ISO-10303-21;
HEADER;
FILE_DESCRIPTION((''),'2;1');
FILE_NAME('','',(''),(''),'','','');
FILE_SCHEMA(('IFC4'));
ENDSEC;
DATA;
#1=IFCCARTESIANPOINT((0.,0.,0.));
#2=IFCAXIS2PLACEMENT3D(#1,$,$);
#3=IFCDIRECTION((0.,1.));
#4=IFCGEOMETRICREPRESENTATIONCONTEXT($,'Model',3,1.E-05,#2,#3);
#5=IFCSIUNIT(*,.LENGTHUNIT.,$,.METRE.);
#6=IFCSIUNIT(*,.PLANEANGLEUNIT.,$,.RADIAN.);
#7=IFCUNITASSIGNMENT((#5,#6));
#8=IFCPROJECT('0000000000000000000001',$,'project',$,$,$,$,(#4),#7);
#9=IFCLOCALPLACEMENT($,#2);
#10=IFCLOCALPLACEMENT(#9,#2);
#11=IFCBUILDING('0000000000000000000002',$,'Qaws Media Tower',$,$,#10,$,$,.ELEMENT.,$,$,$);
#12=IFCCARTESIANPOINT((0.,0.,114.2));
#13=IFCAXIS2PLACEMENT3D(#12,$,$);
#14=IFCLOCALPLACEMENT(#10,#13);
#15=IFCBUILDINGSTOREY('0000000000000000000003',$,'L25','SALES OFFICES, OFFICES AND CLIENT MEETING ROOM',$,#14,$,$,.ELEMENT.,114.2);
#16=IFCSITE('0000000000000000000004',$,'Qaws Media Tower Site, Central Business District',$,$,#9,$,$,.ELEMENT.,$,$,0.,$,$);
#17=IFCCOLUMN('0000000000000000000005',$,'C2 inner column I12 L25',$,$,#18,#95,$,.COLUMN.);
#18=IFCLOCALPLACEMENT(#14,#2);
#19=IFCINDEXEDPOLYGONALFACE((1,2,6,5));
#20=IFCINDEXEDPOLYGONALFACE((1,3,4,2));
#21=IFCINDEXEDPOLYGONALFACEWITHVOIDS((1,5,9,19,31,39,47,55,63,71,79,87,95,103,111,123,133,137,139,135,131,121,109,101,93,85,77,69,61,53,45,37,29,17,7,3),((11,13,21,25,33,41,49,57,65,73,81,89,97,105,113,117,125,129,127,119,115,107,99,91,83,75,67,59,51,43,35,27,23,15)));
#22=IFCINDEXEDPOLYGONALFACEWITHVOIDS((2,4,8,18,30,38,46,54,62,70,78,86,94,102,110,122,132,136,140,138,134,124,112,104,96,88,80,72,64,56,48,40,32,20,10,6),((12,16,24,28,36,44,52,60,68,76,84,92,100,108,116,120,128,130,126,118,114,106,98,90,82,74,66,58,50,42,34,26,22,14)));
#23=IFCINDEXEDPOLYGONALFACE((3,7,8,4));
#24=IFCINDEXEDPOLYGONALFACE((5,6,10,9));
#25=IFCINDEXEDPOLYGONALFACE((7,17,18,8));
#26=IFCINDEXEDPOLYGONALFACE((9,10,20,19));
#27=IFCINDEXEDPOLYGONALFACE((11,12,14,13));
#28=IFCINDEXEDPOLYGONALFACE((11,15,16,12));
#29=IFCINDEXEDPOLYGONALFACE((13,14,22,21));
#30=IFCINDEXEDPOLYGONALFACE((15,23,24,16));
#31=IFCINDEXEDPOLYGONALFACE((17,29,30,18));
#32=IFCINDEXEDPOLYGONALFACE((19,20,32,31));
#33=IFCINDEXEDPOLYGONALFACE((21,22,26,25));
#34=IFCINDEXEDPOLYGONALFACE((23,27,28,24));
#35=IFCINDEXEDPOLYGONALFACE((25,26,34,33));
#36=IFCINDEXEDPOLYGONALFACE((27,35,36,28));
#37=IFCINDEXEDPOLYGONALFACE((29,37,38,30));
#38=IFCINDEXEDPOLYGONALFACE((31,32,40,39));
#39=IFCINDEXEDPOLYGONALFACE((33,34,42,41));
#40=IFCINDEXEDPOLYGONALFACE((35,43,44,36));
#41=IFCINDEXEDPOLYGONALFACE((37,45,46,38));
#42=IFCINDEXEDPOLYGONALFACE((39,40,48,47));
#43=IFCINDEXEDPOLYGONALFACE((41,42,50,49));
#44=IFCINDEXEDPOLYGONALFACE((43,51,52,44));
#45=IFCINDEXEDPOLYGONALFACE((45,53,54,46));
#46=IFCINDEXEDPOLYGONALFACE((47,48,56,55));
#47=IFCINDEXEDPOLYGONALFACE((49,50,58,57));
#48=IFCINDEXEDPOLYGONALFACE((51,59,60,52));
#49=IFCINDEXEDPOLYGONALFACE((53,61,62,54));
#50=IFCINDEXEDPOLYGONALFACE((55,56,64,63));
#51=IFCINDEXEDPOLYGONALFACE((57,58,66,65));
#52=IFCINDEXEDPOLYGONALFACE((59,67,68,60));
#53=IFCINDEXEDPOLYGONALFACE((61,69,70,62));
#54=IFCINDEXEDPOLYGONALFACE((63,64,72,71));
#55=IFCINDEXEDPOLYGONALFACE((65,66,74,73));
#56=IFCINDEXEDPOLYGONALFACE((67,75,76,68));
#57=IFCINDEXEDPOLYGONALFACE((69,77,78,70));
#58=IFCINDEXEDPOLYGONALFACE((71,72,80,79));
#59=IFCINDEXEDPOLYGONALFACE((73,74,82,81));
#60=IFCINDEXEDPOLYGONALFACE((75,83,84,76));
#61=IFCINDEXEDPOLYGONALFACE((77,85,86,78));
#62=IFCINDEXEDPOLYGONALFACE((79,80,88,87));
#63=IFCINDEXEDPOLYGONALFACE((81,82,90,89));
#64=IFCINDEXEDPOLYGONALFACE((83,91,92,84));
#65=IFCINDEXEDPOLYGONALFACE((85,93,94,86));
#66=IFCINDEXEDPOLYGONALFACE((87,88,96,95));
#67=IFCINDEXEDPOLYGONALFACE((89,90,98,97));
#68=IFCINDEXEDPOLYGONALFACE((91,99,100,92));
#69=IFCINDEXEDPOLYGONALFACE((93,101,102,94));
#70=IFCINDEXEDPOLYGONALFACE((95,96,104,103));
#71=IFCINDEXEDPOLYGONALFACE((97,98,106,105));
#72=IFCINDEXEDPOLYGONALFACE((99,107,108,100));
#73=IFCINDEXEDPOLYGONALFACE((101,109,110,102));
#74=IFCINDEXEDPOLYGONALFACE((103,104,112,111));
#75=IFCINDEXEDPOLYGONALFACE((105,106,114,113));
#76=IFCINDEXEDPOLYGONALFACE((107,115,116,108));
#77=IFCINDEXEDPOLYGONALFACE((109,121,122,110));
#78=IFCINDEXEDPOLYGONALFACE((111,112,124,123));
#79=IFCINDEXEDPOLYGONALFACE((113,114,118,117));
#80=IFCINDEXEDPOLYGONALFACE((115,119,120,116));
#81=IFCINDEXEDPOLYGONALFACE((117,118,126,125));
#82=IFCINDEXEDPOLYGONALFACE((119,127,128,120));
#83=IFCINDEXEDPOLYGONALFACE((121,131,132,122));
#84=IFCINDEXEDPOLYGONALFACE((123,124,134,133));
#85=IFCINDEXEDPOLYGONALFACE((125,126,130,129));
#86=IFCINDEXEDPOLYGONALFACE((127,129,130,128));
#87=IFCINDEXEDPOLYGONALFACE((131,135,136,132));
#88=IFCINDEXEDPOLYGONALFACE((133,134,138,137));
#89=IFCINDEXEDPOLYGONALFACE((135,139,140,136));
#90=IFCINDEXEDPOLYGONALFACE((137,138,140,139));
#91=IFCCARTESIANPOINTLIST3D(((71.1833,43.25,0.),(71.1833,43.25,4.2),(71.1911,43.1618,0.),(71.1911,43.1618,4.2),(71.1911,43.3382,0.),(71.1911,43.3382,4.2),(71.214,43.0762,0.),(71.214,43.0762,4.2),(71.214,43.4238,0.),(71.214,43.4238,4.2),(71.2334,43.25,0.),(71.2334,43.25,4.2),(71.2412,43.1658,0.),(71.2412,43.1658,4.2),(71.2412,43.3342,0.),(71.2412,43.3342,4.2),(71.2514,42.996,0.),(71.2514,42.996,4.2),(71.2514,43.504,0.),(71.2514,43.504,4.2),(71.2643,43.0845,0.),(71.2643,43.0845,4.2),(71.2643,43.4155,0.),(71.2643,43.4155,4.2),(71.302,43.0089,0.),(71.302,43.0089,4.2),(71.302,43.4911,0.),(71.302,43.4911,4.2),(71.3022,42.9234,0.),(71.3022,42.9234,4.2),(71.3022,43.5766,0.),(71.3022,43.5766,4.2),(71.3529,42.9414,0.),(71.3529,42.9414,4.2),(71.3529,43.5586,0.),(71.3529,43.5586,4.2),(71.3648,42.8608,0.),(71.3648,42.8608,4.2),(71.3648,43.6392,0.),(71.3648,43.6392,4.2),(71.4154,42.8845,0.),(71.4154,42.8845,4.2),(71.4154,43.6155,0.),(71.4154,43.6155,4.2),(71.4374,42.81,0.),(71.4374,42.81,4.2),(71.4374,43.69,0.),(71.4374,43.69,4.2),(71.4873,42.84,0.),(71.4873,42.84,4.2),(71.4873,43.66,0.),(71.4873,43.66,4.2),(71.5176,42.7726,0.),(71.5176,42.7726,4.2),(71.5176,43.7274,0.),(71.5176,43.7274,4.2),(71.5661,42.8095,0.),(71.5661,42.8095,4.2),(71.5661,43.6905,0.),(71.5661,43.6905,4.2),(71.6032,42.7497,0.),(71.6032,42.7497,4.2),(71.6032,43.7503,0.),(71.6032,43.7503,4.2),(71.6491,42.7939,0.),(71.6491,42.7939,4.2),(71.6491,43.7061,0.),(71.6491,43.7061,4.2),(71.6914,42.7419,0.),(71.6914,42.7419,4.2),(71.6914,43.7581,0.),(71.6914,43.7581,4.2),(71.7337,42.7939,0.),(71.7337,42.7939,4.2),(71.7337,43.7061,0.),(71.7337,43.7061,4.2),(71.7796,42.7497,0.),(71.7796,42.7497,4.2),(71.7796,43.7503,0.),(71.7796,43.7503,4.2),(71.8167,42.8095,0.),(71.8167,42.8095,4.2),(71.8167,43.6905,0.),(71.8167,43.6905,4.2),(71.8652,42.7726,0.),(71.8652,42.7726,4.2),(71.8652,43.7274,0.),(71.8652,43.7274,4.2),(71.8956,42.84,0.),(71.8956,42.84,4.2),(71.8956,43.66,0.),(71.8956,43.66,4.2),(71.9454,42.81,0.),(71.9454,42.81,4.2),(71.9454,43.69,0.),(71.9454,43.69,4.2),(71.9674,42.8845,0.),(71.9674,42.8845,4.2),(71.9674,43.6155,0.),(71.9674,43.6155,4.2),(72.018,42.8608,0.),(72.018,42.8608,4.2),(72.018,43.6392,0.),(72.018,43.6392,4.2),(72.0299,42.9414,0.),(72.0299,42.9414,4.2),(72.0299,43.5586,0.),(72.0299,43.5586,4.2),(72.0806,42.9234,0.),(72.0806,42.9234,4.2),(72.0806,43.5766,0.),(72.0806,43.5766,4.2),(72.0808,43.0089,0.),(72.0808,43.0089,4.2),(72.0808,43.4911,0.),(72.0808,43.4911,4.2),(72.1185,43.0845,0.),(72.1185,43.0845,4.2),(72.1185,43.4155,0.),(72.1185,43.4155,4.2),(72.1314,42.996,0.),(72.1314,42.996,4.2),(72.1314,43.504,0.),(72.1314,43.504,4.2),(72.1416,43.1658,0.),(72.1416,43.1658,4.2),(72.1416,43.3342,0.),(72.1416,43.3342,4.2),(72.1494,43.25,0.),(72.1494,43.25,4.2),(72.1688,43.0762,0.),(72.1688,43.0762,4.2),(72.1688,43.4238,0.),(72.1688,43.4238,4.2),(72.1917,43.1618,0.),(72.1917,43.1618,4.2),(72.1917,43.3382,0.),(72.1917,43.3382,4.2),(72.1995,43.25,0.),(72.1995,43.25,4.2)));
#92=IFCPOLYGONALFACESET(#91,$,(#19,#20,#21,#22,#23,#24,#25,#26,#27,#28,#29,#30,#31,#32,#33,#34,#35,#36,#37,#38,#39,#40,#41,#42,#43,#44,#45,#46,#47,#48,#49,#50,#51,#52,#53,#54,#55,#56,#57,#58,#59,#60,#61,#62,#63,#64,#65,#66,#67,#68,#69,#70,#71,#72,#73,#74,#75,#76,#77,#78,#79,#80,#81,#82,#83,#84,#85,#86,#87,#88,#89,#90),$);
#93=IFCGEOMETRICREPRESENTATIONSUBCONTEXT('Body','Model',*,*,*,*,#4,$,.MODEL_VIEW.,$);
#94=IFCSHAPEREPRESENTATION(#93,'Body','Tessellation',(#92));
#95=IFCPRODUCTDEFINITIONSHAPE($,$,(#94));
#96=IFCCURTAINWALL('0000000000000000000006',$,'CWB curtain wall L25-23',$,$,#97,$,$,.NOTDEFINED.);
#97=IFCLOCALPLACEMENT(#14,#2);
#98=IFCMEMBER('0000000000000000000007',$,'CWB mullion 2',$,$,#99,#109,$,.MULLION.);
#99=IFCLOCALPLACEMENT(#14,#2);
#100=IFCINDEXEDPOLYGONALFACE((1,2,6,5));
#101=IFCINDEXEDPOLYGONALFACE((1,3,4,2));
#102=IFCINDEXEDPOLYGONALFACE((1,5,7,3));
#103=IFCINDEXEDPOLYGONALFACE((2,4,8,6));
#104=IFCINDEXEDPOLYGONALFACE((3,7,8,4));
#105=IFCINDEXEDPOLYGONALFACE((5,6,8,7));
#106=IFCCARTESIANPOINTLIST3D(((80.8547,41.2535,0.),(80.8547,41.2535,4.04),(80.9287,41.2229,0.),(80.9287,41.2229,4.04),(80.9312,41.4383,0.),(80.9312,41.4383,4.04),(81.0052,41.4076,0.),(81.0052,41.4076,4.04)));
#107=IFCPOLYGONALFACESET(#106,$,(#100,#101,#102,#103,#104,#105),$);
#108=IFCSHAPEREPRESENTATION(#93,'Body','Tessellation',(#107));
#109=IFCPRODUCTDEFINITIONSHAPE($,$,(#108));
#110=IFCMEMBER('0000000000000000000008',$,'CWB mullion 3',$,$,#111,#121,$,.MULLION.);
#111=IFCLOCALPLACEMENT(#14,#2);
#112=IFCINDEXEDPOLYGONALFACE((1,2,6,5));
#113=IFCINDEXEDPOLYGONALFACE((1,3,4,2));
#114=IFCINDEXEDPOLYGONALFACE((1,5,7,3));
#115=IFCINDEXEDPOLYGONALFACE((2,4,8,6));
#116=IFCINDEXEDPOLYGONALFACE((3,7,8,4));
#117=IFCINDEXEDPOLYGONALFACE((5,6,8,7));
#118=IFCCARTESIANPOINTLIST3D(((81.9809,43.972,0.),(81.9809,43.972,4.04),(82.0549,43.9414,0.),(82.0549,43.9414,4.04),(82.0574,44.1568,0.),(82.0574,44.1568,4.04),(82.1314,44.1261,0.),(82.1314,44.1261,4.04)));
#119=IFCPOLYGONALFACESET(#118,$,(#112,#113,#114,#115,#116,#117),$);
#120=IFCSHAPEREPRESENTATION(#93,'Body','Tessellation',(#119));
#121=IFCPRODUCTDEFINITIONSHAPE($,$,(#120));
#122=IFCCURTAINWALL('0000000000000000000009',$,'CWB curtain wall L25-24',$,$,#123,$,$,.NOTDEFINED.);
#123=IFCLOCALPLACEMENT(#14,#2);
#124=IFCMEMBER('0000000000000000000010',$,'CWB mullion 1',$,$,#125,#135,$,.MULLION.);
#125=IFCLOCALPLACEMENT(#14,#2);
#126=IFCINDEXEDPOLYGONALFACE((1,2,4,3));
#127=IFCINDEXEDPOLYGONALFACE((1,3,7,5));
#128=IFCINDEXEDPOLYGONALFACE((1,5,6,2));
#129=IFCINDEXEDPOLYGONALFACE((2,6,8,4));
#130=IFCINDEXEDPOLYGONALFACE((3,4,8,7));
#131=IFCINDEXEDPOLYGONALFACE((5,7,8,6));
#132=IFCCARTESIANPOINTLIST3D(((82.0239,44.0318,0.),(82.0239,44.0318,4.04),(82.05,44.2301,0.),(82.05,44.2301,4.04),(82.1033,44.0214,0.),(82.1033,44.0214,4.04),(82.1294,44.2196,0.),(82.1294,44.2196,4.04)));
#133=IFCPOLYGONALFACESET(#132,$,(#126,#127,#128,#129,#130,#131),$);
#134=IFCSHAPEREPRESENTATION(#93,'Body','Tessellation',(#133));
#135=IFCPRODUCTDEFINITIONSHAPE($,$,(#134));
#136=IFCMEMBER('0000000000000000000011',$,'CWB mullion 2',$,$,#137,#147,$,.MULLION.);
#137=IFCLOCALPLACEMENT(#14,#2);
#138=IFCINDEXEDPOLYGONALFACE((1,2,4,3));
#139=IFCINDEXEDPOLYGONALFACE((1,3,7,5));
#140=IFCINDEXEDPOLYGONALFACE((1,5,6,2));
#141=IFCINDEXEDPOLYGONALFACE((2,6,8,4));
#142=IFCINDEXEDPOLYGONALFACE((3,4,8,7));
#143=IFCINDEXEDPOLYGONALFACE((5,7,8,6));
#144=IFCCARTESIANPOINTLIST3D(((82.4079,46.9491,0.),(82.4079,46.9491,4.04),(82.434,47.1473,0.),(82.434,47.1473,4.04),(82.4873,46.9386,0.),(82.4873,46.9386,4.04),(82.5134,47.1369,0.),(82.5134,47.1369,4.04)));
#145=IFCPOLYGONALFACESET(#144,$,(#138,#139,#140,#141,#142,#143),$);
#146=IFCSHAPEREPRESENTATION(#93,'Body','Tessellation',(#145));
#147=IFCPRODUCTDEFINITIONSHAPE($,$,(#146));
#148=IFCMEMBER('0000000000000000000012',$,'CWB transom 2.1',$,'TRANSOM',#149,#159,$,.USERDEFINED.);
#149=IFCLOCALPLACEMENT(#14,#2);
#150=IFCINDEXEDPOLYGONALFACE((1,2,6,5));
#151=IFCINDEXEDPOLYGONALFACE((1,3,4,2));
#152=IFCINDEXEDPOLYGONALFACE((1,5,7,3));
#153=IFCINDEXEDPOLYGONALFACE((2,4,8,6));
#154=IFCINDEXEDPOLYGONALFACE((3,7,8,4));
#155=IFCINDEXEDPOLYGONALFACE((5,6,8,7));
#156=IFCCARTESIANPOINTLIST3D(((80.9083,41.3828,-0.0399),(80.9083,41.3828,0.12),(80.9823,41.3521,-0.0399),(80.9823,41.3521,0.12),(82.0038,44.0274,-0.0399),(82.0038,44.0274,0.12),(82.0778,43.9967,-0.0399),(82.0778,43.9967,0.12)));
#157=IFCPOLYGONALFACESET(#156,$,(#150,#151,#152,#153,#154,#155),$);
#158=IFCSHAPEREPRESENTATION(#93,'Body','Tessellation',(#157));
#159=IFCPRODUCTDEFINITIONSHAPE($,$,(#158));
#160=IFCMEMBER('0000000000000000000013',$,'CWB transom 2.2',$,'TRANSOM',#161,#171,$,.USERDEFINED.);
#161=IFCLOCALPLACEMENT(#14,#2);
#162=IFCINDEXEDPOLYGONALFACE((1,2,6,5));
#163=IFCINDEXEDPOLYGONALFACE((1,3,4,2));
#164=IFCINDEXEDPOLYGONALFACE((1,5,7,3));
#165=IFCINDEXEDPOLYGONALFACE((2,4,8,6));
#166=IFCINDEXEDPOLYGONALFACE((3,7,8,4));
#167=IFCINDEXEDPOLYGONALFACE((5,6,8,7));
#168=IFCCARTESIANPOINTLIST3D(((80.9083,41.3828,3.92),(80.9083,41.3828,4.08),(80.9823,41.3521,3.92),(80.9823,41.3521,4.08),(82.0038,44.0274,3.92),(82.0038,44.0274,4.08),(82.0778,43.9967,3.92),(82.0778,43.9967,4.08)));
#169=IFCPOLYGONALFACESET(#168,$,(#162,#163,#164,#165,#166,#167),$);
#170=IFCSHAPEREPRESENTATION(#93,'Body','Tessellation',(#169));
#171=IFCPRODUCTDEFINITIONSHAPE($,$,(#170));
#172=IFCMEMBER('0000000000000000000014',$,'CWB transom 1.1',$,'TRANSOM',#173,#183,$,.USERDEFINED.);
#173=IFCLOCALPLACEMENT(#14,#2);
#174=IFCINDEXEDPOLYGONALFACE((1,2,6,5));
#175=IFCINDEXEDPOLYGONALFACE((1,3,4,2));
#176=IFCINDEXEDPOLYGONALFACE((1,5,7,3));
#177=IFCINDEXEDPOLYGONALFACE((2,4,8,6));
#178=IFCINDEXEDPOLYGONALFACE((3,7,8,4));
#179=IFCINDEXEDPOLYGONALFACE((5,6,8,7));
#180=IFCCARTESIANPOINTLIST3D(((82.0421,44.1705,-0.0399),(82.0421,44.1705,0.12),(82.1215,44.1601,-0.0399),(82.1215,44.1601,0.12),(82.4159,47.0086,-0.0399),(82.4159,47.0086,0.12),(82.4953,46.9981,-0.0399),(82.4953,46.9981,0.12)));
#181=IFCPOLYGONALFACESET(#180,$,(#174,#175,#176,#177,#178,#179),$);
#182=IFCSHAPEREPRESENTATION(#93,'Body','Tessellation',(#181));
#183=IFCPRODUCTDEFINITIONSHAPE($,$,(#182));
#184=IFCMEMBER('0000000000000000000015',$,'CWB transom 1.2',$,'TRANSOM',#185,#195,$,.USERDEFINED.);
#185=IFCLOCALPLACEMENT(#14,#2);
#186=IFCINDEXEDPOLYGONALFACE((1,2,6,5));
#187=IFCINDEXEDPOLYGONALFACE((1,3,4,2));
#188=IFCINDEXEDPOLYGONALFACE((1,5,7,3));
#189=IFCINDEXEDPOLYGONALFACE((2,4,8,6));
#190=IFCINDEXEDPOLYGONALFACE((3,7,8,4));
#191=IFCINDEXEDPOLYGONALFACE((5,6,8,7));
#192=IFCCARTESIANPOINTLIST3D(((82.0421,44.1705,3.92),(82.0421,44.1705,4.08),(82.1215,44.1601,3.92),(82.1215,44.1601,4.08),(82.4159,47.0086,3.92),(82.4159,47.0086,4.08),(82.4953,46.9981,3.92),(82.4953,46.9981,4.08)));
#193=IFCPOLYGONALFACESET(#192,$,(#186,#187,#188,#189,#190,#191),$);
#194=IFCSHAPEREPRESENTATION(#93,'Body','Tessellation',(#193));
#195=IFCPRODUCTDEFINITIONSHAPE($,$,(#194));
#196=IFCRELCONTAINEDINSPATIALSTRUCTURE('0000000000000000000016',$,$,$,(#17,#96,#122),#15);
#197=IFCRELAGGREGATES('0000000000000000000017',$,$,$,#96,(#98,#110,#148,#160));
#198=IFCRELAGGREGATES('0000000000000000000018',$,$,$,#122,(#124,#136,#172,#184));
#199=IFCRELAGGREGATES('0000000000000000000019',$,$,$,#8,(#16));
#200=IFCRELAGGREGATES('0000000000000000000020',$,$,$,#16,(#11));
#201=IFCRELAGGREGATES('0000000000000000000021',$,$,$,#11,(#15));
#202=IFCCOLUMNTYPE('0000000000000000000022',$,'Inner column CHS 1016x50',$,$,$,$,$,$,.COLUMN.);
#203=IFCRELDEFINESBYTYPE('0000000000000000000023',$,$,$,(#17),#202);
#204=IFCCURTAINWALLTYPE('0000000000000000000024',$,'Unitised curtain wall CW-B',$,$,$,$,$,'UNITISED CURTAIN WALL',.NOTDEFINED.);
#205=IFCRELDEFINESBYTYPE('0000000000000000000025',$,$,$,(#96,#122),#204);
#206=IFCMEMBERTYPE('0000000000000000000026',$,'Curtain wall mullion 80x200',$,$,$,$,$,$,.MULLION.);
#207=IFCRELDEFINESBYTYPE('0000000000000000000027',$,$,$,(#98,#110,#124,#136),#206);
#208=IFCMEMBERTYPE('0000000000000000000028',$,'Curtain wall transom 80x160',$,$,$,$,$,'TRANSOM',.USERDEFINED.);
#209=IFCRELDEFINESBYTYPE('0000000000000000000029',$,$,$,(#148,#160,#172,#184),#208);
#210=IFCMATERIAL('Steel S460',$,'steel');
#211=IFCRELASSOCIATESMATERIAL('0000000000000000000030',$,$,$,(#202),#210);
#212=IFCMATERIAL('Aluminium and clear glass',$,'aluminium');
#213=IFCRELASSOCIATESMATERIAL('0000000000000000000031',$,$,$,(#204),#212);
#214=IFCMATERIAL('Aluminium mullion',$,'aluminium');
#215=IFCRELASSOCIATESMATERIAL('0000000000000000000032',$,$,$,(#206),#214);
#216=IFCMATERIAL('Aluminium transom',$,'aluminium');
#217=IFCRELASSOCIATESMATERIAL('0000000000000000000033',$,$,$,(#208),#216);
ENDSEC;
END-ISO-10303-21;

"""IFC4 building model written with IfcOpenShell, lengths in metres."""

from ifc_helpers import new_model, si_unit, direction, frame, origin, origin_2d, place, context, subcontext, project, spatial, rectangle, hollow_circle, extrude, material, material_profile, profile_set, type_object, element, aggregate, save


model = new_model("IFC4")

# Units and contexts
model_context = context("Model", 3, precision=1e-05, world=origin(), true_north=direction((0.0, 1.0)))
body_context = subcontext(model_context, "Body", "Model", "MODEL_VIEW")
ifc_project = project(units=[si_unit("LENGTHUNIT", "METRE"), si_unit("PLANEANGLEUNIT", "RADIAN")], contexts=[model_context])

# Site, building, storey
site_placement = place(None, origin())
site = spatial("IfcSite", under=ifc_project, at=site_placement, Name="Qaws Media Tower Site, Central Business District", CompositionType="ELEMENT", RefElevation=0.0)
building_placement = place(site_placement, origin())
building = spatial("IfcBuilding", under=site, at=building_placement, Name="Qaws Media Tower", CompositionType="ELEMENT")
storey_placement = place(building_placement, frame((0.0, 0.0, 114.2)))
storey = spatial("IfcBuildingStorey", under=building, at=storey_placement, Name="L25", Description="SALES OFFICES, OFFICES AND CLIENT MEETING ROOM", CompositionType="ELEMENT", Elevation=114.2)

# Column
ifc_material_1 = material(Name="Steel S460", Category="steel")
ifc_material_profile_1 = material_profile(ifc_material_1, hollow_circle(Radius=0.5081, WallThickness=0.05, at=origin_2d()), Name="CHS 1016x50")
ifc_profile_set_1 = profile_set([ifc_material_profile_1], Name="Steel S460")
column_type = type_object("IfcColumnType", Name="Inner column CHS 1016x50", PredefinedType="COLUMN", material=ifc_profile_set_1)
column_placement = place(storey_placement, frame((71.6914, 43.25, 0.0), z_axis=(0.0, 0.0, 1.0), x_axis=(1.0, 0.0, 0.0)))
element("IfcColumn", 1, at=column_placement, inside=storey, type_object=column_type, Name="C2 inner column I12 L25", PredefinedType="COLUMN", context=body_context, shape_type="SweptSolid", body=[
    extrude(hollow_circle(Radius=0.5081, WallThickness=0.05, at=origin_2d()), origin(), (0.0, 0.0, 1.0), 4.2),
])

# Curtain walls, members
ifc_material_2 = material(Name="Aluminium and clear glass", Category="aluminium")
curtain_wall_type = type_object("IfcCurtainWallType", Name="Unitised curtain wall CW-B", ElementType="UNITISED CURTAIN WALL", PredefinedType="NOTDEFINED", material=ifc_material_2)
curtain_wall_1_placement = place(storey_placement, origin())
curtain_wall_1 = element("IfcCurtainWall", 2, at=curtain_wall_1_placement, inside=storey, type_object=curtain_wall_type, Name="CWB curtain wall L25-23", PredefinedType="NOTDEFINED")
ifc_material_3 = material(Name="Aluminium mullion", Category="aluminium")
ifc_material_profile_2 = material_profile(ifc_material_3, rectangle(XDim=0.0801, YDim=0.2, at=origin_2d()), Name="80x200")
ifc_profile_set_2 = profile_set([ifc_material_profile_2], Name="Aluminium mullion")
member_type_1 = type_object("IfcMemberType", Name="Curtain wall mullion 80x200", PredefinedType="MULLION", material=ifc_profile_set_2)
member_1_placement = place(storey_placement, frame((80.9299, 41.3306, 0.0), z_axis=(0.0, 0.0, 1.0), x_axis=(-0.92388, 0.382683, 0.0)))
member_1 = element("IfcMember", 3, at=member_1_placement, type_object=member_type_1, Name="CWB mullion 2", PredefinedType="MULLION", context=body_context, shape_type="SweptSolid", body=[
    extrude(rectangle(XDim=0.0801, YDim=0.2, at=origin_2d()), origin(), (0.0, 0.0, 1.0), 4.04),
])
member_2_placement = place(storey_placement, frame((82.0562, 44.0491, 0.0), z_axis=(0.0, 0.0, 1.0), x_axis=(-0.92388, 0.382683, 0.0)))
member_2 = element("IfcMember", 4, at=member_2_placement, type_object=member_type_1, Name="CWB mullion 3", PredefinedType="MULLION", context=body_context, shape_type="SweptSolid", body=[
    extrude(rectangle(XDim=0.0801, YDim=0.2, at=origin_2d()), origin(), (0.0, 0.0, 1.0), 4.04),
])
curtain_wall_2_placement = place(storey_placement, origin())
curtain_wall_2 = element("IfcCurtainWall", 5, at=curtain_wall_2_placement, inside=storey, type_object=curtain_wall_type, Name="CWB curtain wall L25-24", PredefinedType="NOTDEFINED")
member_3_placement = place(storey_placement, frame((82.0767, 44.1257, 0.0), z_axis=(0.0, 0.0, 1.0), x_axis=(-0.991445, 0.130526, 0.0)))
member_3 = element("IfcMember", 6, at=member_3_placement, type_object=member_type_1, Name="CWB mullion 1", PredefinedType="MULLION", context=body_context, shape_type="SweptSolid", body=[
    extrude(rectangle(XDim=0.0801, YDim=0.2, at=origin_2d()), origin(), (0.0, 0.0, 1.0), 4.04),
])
member_4_placement = place(storey_placement, frame((82.4607, 47.043, 0.0), z_axis=(0.0, 0.0, 1.0), x_axis=(-0.991445, 0.130526, 0.0)))
member_4 = element("IfcMember", 7, at=member_4_placement, type_object=member_type_1, Name="CWB mullion 2", PredefinedType="MULLION", context=body_context, shape_type="SweptSolid", body=[
    extrude(rectangle(XDim=0.0801, YDim=0.2, at=origin_2d()), origin(), (0.0, 0.0, 1.0), 4.04),
])

# Members
ifc_material_4 = material(Name="Aluminium transom", Category="aluminium")
ifc_material_profile_3 = material_profile(ifc_material_4, rectangle(XDim=0.0801, YDim=0.1599, at=origin_2d()), Name="80x160")
ifc_profile_set_3 = profile_set([ifc_material_profile_3], Name="Aluminium transom")
member_type_2 = type_object("IfcMemberType", Name="Curtain wall transom 80x160", ElementType="TRANSOM", PredefinedType="USERDEFINED", material=ifc_profile_set_3)
member_5_placement = place(storey_placement, frame((80.9453, 41.3674, 0.04), z_axis=(0.382701, 0.923872, 0.0), x_axis=(-0.923872, 0.382701, 0.0)))
member_5 = element("IfcMember", 8, at=member_5_placement, type_object=member_type_2, Name="CWB transom 2.1", ObjectType="TRANSOM", PredefinedType="USERDEFINED", context=body_context, shape_type="SweptSolid", body=[
    extrude(rectangle(XDim=0.0801, YDim=0.1599, at=origin_2d()), origin(), (0.0, 0.0, 1.0), 2.8625),
])
member_6_placement = place(storey_placement, frame((80.9453, 41.3674, 4.0), z_axis=(0.382701, 0.923872, 0.0), x_axis=(-0.923872, 0.382701, 0.0)))
member_6 = element("IfcMember", 9, at=member_6_placement, type_object=member_type_2, Name="CWB transom 2.2", ObjectType="TRANSOM", PredefinedType="USERDEFINED", context=body_context, shape_type="SweptSolid", body=[
    extrude(rectangle(XDim=0.0801, YDim=0.1599, at=origin_2d()), origin(), (0.0, 0.0, 1.0), 2.8625),
])
member_7_placement = place(storey_placement, frame((82.0818, 44.1653, 0.04), z_axis=(0.130571, 0.991439, 0.0), x_axis=(-0.991439, 0.130571, 0.0)))
member_7 = element("IfcMember", 10, at=member_7_placement, type_object=member_type_2, Name="CWB transom 1.1", ObjectType="TRANSOM", PredefinedType="USERDEFINED", context=body_context, shape_type="SweptSolid", body=[
    extrude(rectangle(XDim=0.0801, YDim=0.1599, at=origin_2d()), origin(), (0.0, 0.0, 1.0), 2.8625),
])
member_8_placement = place(storey_placement, frame((82.0818, 44.1653, 4.0), z_axis=(0.130571, 0.991439, 0.0), x_axis=(-0.991439, 0.130571, 0.0)))
member_8 = element("IfcMember", 11, at=member_8_placement, type_object=member_type_2, Name="CWB transom 1.2", ObjectType="TRANSOM", PredefinedType="USERDEFINED", context=body_context, shape_type="SweptSolid", body=[
    extrude(rectangle(XDim=0.0801, YDim=0.1599, at=origin_2d()), origin(), (0.0, 0.0, 1.0), 2.8625),
])

aggregate(curtain_wall_1, [member_1, member_2, member_5, member_6])
aggregate(curtain_wall_2, [member_3, member_4, member_7, member_8])

save(model, "model.ifc")
